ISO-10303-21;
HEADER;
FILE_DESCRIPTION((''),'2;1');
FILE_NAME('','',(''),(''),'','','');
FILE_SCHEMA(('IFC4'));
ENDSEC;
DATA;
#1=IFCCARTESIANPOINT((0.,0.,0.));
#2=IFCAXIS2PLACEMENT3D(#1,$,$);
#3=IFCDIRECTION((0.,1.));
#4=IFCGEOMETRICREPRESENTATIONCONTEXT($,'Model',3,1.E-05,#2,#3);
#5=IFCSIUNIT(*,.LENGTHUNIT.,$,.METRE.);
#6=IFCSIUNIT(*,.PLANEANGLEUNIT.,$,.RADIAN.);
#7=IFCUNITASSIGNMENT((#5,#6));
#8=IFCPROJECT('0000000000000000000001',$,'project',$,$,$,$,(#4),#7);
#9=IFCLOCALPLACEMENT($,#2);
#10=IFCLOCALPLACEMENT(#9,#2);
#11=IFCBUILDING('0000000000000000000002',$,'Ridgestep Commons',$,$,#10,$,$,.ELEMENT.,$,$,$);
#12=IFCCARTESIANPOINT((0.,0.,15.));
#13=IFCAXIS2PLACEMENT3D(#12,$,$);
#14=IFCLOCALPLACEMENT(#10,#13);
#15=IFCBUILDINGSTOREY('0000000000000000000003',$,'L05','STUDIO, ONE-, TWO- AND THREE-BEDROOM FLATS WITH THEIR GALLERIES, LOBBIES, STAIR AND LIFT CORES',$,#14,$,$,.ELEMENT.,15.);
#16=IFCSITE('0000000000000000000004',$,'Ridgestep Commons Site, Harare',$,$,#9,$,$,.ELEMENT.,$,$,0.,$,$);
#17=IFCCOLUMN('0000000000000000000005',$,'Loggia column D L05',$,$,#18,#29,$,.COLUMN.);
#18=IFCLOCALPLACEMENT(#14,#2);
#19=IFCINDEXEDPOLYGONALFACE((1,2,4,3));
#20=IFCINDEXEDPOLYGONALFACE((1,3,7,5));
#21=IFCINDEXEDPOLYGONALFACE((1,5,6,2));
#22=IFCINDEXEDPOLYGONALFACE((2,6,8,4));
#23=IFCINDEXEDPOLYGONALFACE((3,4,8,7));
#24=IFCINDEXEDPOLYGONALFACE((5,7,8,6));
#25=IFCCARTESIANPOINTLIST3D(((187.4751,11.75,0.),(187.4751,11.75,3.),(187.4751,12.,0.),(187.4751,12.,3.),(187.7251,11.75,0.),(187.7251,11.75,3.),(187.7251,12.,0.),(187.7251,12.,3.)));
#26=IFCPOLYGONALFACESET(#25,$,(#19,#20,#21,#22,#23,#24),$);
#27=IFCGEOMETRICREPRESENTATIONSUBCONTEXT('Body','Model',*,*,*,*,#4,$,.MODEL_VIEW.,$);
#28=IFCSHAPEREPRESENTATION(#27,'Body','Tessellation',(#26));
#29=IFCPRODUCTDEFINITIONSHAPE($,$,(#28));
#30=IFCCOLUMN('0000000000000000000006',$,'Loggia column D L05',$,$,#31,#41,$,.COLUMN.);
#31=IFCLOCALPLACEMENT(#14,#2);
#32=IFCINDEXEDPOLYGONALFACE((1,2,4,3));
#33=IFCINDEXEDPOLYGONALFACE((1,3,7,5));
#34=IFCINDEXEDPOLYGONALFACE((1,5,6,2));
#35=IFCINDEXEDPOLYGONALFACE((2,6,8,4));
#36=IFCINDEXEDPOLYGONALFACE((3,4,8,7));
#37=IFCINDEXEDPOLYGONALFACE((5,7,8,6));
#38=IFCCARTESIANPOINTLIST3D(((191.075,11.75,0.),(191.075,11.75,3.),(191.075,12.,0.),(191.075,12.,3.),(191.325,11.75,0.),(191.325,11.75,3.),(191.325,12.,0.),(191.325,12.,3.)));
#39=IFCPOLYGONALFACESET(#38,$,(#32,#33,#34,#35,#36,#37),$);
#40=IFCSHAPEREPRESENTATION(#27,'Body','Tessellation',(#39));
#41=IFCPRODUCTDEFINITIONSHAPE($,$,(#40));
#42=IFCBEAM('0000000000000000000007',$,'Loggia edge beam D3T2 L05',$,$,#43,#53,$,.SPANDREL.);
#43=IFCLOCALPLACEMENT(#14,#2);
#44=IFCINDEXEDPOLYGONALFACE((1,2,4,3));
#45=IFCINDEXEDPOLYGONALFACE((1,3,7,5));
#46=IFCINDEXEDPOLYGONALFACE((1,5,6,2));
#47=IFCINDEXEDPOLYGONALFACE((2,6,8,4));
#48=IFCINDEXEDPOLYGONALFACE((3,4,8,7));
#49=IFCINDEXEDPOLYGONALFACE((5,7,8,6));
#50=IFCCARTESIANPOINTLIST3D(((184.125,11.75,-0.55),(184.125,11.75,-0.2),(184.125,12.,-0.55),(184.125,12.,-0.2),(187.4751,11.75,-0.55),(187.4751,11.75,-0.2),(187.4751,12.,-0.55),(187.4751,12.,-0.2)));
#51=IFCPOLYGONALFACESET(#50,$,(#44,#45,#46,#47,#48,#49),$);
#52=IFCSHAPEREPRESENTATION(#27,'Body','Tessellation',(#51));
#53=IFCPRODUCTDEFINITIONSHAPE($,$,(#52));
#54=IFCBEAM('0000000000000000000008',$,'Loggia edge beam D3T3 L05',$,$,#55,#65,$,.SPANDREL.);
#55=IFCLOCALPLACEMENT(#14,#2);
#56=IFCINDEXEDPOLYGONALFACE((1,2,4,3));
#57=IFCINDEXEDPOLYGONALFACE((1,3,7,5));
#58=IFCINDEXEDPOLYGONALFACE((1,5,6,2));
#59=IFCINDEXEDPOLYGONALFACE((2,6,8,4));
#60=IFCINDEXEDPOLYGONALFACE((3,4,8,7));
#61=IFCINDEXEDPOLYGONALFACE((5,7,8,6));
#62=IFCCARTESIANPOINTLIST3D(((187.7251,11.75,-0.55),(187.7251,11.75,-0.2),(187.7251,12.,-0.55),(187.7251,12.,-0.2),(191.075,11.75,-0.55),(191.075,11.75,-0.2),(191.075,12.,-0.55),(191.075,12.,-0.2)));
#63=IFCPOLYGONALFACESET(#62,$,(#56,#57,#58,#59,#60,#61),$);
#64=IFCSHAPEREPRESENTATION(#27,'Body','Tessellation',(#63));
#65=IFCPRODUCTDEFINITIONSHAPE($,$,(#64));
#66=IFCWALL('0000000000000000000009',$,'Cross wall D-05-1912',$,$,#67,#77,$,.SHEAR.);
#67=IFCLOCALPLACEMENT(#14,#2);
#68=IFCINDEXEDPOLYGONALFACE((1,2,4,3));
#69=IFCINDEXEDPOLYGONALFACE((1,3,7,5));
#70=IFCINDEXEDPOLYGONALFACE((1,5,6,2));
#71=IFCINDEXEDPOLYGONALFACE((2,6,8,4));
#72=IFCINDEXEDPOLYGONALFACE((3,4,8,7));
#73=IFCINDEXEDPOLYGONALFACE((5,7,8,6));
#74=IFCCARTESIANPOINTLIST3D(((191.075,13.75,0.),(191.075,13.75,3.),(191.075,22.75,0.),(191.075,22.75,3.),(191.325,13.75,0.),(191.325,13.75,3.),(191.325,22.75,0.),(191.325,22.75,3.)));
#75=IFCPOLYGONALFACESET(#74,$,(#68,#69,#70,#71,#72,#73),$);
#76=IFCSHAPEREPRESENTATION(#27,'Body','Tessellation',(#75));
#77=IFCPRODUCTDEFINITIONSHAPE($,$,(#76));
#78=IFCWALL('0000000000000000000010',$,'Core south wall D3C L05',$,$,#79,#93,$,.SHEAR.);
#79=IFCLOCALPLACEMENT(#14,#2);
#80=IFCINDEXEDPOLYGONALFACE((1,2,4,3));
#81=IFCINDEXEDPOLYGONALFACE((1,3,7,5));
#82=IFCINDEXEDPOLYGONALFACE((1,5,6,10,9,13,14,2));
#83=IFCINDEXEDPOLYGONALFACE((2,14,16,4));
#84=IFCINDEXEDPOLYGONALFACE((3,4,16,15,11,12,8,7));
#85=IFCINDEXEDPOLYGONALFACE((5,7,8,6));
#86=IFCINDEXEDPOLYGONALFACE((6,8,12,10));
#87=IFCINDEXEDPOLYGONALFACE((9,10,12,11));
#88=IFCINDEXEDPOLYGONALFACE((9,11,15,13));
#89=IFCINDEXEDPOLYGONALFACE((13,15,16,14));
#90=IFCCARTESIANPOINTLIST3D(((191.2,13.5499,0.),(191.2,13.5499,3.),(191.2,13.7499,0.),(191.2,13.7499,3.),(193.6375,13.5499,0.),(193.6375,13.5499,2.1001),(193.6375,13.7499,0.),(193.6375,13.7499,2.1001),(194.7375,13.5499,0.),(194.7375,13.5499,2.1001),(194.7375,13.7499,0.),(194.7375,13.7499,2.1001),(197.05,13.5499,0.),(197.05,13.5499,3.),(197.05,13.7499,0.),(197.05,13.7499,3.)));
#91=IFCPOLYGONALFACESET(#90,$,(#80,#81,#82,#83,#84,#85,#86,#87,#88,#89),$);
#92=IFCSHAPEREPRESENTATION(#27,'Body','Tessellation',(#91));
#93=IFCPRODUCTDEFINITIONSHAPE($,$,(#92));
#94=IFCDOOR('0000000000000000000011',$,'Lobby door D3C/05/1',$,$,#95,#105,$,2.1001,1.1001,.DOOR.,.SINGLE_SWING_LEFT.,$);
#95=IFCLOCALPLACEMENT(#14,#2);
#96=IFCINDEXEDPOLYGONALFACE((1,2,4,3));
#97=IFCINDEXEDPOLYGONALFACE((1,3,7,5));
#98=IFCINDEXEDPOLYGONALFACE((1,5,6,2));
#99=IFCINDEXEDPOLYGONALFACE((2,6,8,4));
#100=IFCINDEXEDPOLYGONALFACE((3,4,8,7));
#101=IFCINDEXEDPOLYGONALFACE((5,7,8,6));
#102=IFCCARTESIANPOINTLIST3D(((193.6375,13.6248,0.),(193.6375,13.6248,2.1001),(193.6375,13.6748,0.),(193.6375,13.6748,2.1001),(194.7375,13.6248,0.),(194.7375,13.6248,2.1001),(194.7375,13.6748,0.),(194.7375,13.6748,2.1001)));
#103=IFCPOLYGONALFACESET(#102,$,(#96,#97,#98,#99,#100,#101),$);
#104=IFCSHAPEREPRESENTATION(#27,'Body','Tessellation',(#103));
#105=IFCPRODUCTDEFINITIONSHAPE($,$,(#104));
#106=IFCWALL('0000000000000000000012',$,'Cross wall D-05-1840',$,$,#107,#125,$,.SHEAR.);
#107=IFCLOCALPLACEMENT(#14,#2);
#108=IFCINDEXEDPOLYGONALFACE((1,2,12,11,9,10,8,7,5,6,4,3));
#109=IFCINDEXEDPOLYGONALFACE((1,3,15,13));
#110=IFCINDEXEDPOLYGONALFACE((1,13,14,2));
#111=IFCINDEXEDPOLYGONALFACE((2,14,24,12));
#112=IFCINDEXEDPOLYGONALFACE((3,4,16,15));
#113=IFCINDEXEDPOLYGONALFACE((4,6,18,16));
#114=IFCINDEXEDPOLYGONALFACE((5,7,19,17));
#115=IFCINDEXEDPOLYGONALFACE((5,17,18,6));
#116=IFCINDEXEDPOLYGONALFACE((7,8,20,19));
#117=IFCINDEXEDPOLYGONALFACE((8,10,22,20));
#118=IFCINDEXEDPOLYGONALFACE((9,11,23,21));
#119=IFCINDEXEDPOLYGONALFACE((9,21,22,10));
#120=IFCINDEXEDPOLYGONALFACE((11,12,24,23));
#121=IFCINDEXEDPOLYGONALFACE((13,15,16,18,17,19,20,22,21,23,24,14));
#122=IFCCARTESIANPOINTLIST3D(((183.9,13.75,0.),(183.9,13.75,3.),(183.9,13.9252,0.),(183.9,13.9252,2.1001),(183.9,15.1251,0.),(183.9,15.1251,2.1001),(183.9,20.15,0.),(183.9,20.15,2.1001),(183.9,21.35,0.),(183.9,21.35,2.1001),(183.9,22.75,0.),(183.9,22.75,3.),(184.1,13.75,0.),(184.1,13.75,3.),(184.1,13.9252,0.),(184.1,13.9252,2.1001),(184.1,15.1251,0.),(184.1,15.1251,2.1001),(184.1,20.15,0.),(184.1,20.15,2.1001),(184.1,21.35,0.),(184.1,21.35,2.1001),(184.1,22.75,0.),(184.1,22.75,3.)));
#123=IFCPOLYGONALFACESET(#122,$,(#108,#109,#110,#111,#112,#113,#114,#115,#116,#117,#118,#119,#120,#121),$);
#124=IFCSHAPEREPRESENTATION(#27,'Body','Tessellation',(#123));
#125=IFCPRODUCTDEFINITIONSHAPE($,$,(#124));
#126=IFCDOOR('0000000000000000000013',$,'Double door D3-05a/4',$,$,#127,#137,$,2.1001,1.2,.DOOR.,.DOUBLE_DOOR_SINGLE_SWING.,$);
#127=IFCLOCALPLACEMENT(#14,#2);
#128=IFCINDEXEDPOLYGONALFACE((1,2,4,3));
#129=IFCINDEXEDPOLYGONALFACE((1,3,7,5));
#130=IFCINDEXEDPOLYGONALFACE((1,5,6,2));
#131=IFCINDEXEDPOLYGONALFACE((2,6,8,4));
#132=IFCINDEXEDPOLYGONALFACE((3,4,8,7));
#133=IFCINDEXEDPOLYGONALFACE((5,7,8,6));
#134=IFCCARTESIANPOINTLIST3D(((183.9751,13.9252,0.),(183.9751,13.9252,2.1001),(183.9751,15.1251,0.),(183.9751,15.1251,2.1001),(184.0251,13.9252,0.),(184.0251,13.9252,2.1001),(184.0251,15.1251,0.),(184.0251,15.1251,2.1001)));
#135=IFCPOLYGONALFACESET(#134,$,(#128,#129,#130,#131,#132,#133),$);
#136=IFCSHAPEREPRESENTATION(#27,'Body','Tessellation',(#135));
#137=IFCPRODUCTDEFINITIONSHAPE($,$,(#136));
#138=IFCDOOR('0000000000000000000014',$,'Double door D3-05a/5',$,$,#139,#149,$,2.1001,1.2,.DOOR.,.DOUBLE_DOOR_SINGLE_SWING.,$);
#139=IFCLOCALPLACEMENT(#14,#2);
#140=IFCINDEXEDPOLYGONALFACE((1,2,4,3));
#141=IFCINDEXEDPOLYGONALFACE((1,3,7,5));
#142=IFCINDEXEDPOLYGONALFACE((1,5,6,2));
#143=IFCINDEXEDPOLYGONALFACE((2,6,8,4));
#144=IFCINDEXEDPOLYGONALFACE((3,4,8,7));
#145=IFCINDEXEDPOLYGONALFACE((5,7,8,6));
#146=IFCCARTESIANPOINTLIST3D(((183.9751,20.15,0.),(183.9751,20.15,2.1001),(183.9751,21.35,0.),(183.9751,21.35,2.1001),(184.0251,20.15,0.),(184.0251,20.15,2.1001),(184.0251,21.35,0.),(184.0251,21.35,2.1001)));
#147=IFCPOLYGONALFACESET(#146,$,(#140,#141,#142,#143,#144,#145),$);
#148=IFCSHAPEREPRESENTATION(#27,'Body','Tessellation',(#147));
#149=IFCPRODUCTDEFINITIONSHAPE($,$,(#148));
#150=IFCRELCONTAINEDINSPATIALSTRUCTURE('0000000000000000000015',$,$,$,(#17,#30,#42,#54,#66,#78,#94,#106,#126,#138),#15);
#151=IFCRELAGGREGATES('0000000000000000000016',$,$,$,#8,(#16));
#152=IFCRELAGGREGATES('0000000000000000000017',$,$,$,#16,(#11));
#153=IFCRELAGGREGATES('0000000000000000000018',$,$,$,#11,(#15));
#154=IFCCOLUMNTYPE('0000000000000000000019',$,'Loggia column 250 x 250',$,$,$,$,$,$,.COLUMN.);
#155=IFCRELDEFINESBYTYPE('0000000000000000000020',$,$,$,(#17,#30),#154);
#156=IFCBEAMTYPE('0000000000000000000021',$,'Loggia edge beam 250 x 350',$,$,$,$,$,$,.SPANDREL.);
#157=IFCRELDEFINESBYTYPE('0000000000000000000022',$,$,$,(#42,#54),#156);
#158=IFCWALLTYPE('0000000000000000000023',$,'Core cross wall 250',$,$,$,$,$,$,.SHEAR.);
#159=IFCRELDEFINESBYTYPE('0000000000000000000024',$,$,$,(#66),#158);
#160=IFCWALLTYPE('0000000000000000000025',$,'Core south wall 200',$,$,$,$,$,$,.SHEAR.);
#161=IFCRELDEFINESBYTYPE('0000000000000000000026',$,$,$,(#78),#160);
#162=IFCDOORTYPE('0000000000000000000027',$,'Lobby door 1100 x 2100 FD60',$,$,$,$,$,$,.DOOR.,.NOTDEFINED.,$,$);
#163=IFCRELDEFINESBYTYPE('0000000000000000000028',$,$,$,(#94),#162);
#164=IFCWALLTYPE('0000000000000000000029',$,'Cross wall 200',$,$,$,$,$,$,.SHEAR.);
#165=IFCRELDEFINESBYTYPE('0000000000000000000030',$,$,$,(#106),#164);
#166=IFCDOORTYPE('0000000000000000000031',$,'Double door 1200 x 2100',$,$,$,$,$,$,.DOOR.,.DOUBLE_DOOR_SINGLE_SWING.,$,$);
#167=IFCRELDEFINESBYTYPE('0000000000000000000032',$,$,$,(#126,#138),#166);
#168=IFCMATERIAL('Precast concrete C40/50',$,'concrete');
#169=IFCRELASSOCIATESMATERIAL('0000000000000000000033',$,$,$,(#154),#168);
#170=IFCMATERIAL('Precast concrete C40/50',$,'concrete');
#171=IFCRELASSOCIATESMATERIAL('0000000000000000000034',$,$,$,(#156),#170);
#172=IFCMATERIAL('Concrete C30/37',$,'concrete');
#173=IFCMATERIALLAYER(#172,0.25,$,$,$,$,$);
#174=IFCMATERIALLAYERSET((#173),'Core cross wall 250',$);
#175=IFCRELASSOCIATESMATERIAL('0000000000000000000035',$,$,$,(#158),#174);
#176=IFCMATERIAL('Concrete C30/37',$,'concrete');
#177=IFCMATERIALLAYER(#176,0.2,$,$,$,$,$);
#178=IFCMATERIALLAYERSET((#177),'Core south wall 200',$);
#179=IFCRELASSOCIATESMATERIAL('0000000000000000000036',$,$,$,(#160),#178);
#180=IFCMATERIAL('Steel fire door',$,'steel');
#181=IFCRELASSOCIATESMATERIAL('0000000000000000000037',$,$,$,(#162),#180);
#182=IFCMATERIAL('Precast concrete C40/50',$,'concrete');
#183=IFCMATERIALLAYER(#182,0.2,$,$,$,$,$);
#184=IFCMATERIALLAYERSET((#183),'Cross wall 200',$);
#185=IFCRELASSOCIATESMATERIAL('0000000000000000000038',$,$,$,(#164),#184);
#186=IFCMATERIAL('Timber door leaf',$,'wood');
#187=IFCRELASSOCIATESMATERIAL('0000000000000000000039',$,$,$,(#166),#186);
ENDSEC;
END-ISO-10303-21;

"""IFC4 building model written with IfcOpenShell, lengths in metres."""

from ifc_helpers import new_model, si_unit, direction, frame, frame_2d, origin, origin_2d, place, context, subcontext, project, spatial, rectangle, extrude, material, layer, layer_set, material_profile, profile_set, type_object, element, fill, save


model = new_model("IFC4")

# Units and contexts
model_context = context("Model", 3, precision=1e-05, world=origin(), true_north=direction((0.0, 1.0)))
body_context = subcontext(model_context, "Body", "Model", "MODEL_VIEW")
ifc_project = project(units=[si_unit("LENGTHUNIT", "METRE"), si_unit("PLANEANGLEUNIT", "RADIAN")], contexts=[model_context])

# Site, building, storey
site_placement = place(None, origin())
site = spatial("IfcSite", under=ifc_project, at=site_placement, Name="Ridgestep Commons Site, Harare", CompositionType="ELEMENT", RefElevation=0.0)
building_placement = place(site_placement, origin())
building = spatial("IfcBuilding", under=site, at=building_placement, Name="Ridgestep Commons", CompositionType="ELEMENT")
storey_placement = place(building_placement, frame((0.0, 0.0, 15.0)))
storey = spatial("IfcBuildingStorey", under=building, at=storey_placement, Name="L05", Description="STUDIO, ONE-, TWO- AND THREE-BEDROOM FLATS WITH THEIR GALLERIES, LOBBIES, STAIR AND LIFT CORES", CompositionType="ELEMENT", Elevation=15.0)

# Columns
ifc_material_1 = material(Name="Precast concrete C40/50", Category="concrete")
ifc_material_profile_1 = material_profile(ifc_material_1, rectangle(XDim=0.25, YDim=0.25, at=origin_2d()), Name="PC 250x250")
ifc_profile_set_1 = profile_set([ifc_material_profile_1], Name="Precast concrete C40/50")
column_type = type_object("IfcColumnType", Name="Loggia column 250 x 250", PredefinedType="COLUMN", material=ifc_profile_set_1)
for number, where, z_axis, x_axis, name in (
    (1, (187.6001, 11.875, 0.0), (0.0, 0.0, 1.0), (1.0, 0.0, 0.0), "Loggia column D L05"),
    (2, (191.2, 11.875, 0.0), (0.0, 0.0, 1.0), (1.0, 0.0, 0.0), "Loggia column D L05"),
):
    element("IfcColumn", number, at=place(storey_placement, frame(where, z_axis=z_axis, x_axis=x_axis)), inside=storey, type_object=column_type, Name=name, PredefinedType="COLUMN", context=body_context, shape_type="SweptSolid", body=[
        extrude(rectangle(XDim=0.25, YDim=0.25, at=origin_2d()), origin(), (0.0, 0.0, 1.0), 3.0),
    ])

# Beams
ifc_material_2 = material(Name="Precast concrete C40/50", Category="concrete")
ifc_material_profile_2 = material_profile(ifc_material_2, rectangle(XDim=0.25, YDim=0.3501, at=origin_2d()), Name="PC 250x350")
ifc_profile_set_2 = profile_set([ifc_material_profile_2], Name="Precast concrete C40/50")
beam_type = type_object("IfcBeamType", Name="Loggia edge beam 250 x 350", PredefinedType="SPANDREL", material=ifc_profile_set_2)
beam_1_placement = place(storey_placement, frame((184.125, 11.875, -0.375), z_axis=(1.0, 0.0, 0.0), x_axis=(0.0, 1.0, 0.0)))
element("IfcBeam", 3, at=beam_1_placement, inside=storey, type_object=beam_type, Name="Loggia edge beam D3T2 L05", PredefinedType="SPANDREL", context=body_context, shape_type="SweptSolid", body=[
    extrude(rectangle(XDim=0.25, YDim=0.3501, at=origin_2d()), origin(), (0.0, 0.0, 1.0), 3.3501),
])
beam_2_placement = place(storey_placement, frame((187.7251, 11.875, -0.375), z_axis=(1.0, 0.0, 0.0), x_axis=(0.0, 1.0, 0.0)))
element("IfcBeam", 4, at=beam_2_placement, inside=storey, type_object=beam_type, Name="Loggia edge beam D3T3 L05", PredefinedType="SPANDREL", context=body_context, shape_type="SweptSolid", body=[
    extrude(rectangle(XDim=0.25, YDim=0.3501, at=origin_2d()), origin(), (0.0, 0.0, 1.0), 3.3499),
])

# Wall
ifc_material_3 = material(Name="Concrete C30/37", Category="concrete")
ifc_layer_1 = layer(ifc_material_3, 0.25)
ifc_layer_set_1 = layer_set([ifc_layer_1], Name="Core cross wall 250")
wall_type_1 = type_object("IfcWallType", Name="Core cross wall 250", PredefinedType="SHEAR", material=ifc_layer_set_1)
wall_1_placement = place(storey_placement, frame((191.2, 13.75, 0.0), z_axis=(0.0, 0.0, 1.0), x_axis=(0.0, 1.0, 0.0)))
element("IfcWall", 5, at=wall_1_placement, inside=storey, type_object=wall_type_1, Name="Cross wall D-05-1912", PredefinedType="SHEAR", context=body_context, shape_type="SweptSolid", body=[
    extrude(rectangle(XDim=9.0, YDim=0.25, at=frame_2d((4.5, 0.0))), origin(), (0.0, 0.0, 1.0), 3.0),
])

# Wall, opening, door
ifc_material_4 = material(Name="Concrete C30/37", Category="concrete")
ifc_layer_2 = layer(ifc_material_4, 0.2)
ifc_layer_set_2 = layer_set([ifc_layer_2], Name="Core south wall 200")
wall_type_2 = type_object("IfcWallType", Name="Core south wall 200", PredefinedType="SHEAR", material=ifc_layer_set_2)
wall_2_placement = place(storey_placement, frame((191.2, 13.6499, 0.0), z_axis=(0.0, 0.0, 1.0), x_axis=(1.0, 0.0, 0.0)))
wall_2 = element("IfcWall", 6, at=wall_2_placement, inside=storey, type_object=wall_type_2, Name="Core south wall D3C L05", PredefinedType="SHEAR", context=body_context, shape_type="SweptSolid", body=[
    extrude(rectangle(XDim=5.8501, YDim=0.2, at=frame_2d((2.925, 0.0))), origin(), (0.0, 0.0, 1.0), 3.0),
])
opening_1_placement = place(wall_2_placement, frame((2.4375, 0.0, 0.0)))
opening_1 = element("IfcOpeningElement", 7, at=opening_1_placement, cuts=wall_2, PredefinedType="OPENING", context=body_context, shape_type="SweptSolid", body=[
    extrude(rectangle(XDim=1.1001, YDim=2.1001, at=frame_2d((0.55, 1.05))), frame((0.0, 0.1099, 0.0), z_axis=(0.0, -1.0, 0.0), x_axis=(1.0, 0.0, 0.0)), (0.0, 0.0, 1.0), 0.22),
])
ifc_material_5 = material(Name="Steel fire door", Category="steel")
door_type_1 = type_object("IfcDoorType", Name="Lobby door 1100 x 2100 FD60", OperationType="NOTDEFINED", PredefinedType="DOOR", material=ifc_material_5)
door_1_placement = place(opening_1_placement, origin())
door_1 = element("IfcDoor", 8, at=door_1_placement, inside=storey, type_object=door_type_1, Name="Lobby door D3C/05/1", OperationType="SINGLE_SWING_LEFT", OverallHeight=2.1001, OverallWidth=1.1001, PredefinedType="DOOR", context=body_context, shape_type="SweptSolid", body=[
    extrude(rectangle(XDim=1.1001, YDim=2.1001, at=frame_2d((0.55, 1.05))), frame((0.0, 0.0249, 0.0), z_axis=(0.0, -1.0, 0.0), x_axis=(1.0, 0.0, 0.0)), (0.0, 0.0, 1.0), 0.05),
])
fill(opening_1, door_1)

# Wall, openings, doors
ifc_material_6 = material(Name="Precast concrete C40/50", Category="concrete")
ifc_layer_3 = layer(ifc_material_6, 0.2)
ifc_layer_set_3 = layer_set([ifc_layer_3], Name="Cross wall 200")
wall_type_3 = type_object("IfcWallType", Name="Cross wall 200", PredefinedType="SHEAR", material=ifc_layer_set_3)
wall_3_placement = place(storey_placement, frame((184.0, 13.75, 0.0), z_axis=(0.0, 0.0, 1.0), x_axis=(0.0, 1.0, 0.0)))
wall_3 = element("IfcWall", 9, at=wall_3_placement, inside=storey, type_object=wall_type_3, Name="Cross wall D-05-1840", PredefinedType="SHEAR", context=body_context, shape_type="SweptSolid", body=[
    extrude(rectangle(XDim=9.0, YDim=0.2, at=frame_2d((4.5, 0.0))), origin(), (0.0, 0.0, 1.0), 3.0),
])
opening_2_placement = place(wall_3_placement, frame((0.175, 0.0, 0.0)))
opening_2 = element("IfcOpeningElement", 10, at=opening_2_placement, cuts=wall_3, PredefinedType="OPENING", context=body_context, shape_type="SweptSolid", body=[
    extrude(rectangle(XDim=1.2, YDim=2.1001, at=frame_2d((0.6001, 1.05))), frame((0.0, 0.1099, 0.0), z_axis=(0.0, -1.0, 0.0), x_axis=(1.0, 0.0, 0.0)), (0.0, 0.0, 1.0), 0.22),
])
opening_3_placement = place(wall_3_placement, frame((6.3999, 0.0, 0.0)))
opening_3 = element("IfcOpeningElement", 11, at=opening_3_placement, cuts=wall_3, PredefinedType="OPENING", context=body_context, shape_type="SweptSolid", body=[
    extrude(rectangle(XDim=1.2, YDim=2.1001, at=frame_2d((0.6001, 1.05))), frame((0.0, 0.1099, 0.0), z_axis=(0.0, -1.0, 0.0), x_axis=(1.0, 0.0, 0.0)), (0.0, 0.0, 1.0), 0.22),
])
ifc_material_7 = material(Name="Timber door leaf", Category="wood")
door_type_2 = type_object("IfcDoorType", Name="Double door 1200 x 2100", OperationType="DOUBLE_DOOR_SINGLE_SWING", PredefinedType="DOOR", material=ifc_material_7)
door_2_placement = place(opening_2_placement, origin())
door_2 = element("IfcDoor", 12, at=door_2_placement, inside=storey, type_object=door_type_2, Name="Double door D3-05a/4", OperationType="DOUBLE_DOOR_SINGLE_SWING", OverallHeight=2.1001, OverallWidth=1.2, PredefinedType="DOOR", context=body_context, shape_type="SweptSolid", body=[
    extrude(rectangle(XDim=1.2, YDim=2.1001, at=frame_2d((0.6001, 1.05))), frame((0.0, 0.0249, 0.0), z_axis=(0.0, -1.0, 0.0), x_axis=(1.0, 0.0, 0.0)), (0.0, 0.0, 1.0), 0.05),
])
fill(opening_2, door_2)
door_3_placement = place(opening_3_placement, origin())
door_3 = element("IfcDoor", 13, at=door_3_placement, inside=storey, type_object=door_type_2, Name="Double door D3-05a/5", OperationType="DOUBLE_DOOR_SINGLE_SWING", OverallHeight=2.1001, OverallWidth=1.2, PredefinedType="DOOR", context=body_context, shape_type="SweptSolid", body=[
    extrude(rectangle(XDim=1.2, YDim=2.1001, at=frame_2d((0.6001, 1.05))), frame((0.0, 0.0249, 0.0), z_axis=(0.0, -1.0, 0.0), x_axis=(1.0, 0.0, 0.0)), (0.0, 0.0, 1.0), 0.05),
])
fill(opening_3, door_3)

save(model, "model.ifc")
